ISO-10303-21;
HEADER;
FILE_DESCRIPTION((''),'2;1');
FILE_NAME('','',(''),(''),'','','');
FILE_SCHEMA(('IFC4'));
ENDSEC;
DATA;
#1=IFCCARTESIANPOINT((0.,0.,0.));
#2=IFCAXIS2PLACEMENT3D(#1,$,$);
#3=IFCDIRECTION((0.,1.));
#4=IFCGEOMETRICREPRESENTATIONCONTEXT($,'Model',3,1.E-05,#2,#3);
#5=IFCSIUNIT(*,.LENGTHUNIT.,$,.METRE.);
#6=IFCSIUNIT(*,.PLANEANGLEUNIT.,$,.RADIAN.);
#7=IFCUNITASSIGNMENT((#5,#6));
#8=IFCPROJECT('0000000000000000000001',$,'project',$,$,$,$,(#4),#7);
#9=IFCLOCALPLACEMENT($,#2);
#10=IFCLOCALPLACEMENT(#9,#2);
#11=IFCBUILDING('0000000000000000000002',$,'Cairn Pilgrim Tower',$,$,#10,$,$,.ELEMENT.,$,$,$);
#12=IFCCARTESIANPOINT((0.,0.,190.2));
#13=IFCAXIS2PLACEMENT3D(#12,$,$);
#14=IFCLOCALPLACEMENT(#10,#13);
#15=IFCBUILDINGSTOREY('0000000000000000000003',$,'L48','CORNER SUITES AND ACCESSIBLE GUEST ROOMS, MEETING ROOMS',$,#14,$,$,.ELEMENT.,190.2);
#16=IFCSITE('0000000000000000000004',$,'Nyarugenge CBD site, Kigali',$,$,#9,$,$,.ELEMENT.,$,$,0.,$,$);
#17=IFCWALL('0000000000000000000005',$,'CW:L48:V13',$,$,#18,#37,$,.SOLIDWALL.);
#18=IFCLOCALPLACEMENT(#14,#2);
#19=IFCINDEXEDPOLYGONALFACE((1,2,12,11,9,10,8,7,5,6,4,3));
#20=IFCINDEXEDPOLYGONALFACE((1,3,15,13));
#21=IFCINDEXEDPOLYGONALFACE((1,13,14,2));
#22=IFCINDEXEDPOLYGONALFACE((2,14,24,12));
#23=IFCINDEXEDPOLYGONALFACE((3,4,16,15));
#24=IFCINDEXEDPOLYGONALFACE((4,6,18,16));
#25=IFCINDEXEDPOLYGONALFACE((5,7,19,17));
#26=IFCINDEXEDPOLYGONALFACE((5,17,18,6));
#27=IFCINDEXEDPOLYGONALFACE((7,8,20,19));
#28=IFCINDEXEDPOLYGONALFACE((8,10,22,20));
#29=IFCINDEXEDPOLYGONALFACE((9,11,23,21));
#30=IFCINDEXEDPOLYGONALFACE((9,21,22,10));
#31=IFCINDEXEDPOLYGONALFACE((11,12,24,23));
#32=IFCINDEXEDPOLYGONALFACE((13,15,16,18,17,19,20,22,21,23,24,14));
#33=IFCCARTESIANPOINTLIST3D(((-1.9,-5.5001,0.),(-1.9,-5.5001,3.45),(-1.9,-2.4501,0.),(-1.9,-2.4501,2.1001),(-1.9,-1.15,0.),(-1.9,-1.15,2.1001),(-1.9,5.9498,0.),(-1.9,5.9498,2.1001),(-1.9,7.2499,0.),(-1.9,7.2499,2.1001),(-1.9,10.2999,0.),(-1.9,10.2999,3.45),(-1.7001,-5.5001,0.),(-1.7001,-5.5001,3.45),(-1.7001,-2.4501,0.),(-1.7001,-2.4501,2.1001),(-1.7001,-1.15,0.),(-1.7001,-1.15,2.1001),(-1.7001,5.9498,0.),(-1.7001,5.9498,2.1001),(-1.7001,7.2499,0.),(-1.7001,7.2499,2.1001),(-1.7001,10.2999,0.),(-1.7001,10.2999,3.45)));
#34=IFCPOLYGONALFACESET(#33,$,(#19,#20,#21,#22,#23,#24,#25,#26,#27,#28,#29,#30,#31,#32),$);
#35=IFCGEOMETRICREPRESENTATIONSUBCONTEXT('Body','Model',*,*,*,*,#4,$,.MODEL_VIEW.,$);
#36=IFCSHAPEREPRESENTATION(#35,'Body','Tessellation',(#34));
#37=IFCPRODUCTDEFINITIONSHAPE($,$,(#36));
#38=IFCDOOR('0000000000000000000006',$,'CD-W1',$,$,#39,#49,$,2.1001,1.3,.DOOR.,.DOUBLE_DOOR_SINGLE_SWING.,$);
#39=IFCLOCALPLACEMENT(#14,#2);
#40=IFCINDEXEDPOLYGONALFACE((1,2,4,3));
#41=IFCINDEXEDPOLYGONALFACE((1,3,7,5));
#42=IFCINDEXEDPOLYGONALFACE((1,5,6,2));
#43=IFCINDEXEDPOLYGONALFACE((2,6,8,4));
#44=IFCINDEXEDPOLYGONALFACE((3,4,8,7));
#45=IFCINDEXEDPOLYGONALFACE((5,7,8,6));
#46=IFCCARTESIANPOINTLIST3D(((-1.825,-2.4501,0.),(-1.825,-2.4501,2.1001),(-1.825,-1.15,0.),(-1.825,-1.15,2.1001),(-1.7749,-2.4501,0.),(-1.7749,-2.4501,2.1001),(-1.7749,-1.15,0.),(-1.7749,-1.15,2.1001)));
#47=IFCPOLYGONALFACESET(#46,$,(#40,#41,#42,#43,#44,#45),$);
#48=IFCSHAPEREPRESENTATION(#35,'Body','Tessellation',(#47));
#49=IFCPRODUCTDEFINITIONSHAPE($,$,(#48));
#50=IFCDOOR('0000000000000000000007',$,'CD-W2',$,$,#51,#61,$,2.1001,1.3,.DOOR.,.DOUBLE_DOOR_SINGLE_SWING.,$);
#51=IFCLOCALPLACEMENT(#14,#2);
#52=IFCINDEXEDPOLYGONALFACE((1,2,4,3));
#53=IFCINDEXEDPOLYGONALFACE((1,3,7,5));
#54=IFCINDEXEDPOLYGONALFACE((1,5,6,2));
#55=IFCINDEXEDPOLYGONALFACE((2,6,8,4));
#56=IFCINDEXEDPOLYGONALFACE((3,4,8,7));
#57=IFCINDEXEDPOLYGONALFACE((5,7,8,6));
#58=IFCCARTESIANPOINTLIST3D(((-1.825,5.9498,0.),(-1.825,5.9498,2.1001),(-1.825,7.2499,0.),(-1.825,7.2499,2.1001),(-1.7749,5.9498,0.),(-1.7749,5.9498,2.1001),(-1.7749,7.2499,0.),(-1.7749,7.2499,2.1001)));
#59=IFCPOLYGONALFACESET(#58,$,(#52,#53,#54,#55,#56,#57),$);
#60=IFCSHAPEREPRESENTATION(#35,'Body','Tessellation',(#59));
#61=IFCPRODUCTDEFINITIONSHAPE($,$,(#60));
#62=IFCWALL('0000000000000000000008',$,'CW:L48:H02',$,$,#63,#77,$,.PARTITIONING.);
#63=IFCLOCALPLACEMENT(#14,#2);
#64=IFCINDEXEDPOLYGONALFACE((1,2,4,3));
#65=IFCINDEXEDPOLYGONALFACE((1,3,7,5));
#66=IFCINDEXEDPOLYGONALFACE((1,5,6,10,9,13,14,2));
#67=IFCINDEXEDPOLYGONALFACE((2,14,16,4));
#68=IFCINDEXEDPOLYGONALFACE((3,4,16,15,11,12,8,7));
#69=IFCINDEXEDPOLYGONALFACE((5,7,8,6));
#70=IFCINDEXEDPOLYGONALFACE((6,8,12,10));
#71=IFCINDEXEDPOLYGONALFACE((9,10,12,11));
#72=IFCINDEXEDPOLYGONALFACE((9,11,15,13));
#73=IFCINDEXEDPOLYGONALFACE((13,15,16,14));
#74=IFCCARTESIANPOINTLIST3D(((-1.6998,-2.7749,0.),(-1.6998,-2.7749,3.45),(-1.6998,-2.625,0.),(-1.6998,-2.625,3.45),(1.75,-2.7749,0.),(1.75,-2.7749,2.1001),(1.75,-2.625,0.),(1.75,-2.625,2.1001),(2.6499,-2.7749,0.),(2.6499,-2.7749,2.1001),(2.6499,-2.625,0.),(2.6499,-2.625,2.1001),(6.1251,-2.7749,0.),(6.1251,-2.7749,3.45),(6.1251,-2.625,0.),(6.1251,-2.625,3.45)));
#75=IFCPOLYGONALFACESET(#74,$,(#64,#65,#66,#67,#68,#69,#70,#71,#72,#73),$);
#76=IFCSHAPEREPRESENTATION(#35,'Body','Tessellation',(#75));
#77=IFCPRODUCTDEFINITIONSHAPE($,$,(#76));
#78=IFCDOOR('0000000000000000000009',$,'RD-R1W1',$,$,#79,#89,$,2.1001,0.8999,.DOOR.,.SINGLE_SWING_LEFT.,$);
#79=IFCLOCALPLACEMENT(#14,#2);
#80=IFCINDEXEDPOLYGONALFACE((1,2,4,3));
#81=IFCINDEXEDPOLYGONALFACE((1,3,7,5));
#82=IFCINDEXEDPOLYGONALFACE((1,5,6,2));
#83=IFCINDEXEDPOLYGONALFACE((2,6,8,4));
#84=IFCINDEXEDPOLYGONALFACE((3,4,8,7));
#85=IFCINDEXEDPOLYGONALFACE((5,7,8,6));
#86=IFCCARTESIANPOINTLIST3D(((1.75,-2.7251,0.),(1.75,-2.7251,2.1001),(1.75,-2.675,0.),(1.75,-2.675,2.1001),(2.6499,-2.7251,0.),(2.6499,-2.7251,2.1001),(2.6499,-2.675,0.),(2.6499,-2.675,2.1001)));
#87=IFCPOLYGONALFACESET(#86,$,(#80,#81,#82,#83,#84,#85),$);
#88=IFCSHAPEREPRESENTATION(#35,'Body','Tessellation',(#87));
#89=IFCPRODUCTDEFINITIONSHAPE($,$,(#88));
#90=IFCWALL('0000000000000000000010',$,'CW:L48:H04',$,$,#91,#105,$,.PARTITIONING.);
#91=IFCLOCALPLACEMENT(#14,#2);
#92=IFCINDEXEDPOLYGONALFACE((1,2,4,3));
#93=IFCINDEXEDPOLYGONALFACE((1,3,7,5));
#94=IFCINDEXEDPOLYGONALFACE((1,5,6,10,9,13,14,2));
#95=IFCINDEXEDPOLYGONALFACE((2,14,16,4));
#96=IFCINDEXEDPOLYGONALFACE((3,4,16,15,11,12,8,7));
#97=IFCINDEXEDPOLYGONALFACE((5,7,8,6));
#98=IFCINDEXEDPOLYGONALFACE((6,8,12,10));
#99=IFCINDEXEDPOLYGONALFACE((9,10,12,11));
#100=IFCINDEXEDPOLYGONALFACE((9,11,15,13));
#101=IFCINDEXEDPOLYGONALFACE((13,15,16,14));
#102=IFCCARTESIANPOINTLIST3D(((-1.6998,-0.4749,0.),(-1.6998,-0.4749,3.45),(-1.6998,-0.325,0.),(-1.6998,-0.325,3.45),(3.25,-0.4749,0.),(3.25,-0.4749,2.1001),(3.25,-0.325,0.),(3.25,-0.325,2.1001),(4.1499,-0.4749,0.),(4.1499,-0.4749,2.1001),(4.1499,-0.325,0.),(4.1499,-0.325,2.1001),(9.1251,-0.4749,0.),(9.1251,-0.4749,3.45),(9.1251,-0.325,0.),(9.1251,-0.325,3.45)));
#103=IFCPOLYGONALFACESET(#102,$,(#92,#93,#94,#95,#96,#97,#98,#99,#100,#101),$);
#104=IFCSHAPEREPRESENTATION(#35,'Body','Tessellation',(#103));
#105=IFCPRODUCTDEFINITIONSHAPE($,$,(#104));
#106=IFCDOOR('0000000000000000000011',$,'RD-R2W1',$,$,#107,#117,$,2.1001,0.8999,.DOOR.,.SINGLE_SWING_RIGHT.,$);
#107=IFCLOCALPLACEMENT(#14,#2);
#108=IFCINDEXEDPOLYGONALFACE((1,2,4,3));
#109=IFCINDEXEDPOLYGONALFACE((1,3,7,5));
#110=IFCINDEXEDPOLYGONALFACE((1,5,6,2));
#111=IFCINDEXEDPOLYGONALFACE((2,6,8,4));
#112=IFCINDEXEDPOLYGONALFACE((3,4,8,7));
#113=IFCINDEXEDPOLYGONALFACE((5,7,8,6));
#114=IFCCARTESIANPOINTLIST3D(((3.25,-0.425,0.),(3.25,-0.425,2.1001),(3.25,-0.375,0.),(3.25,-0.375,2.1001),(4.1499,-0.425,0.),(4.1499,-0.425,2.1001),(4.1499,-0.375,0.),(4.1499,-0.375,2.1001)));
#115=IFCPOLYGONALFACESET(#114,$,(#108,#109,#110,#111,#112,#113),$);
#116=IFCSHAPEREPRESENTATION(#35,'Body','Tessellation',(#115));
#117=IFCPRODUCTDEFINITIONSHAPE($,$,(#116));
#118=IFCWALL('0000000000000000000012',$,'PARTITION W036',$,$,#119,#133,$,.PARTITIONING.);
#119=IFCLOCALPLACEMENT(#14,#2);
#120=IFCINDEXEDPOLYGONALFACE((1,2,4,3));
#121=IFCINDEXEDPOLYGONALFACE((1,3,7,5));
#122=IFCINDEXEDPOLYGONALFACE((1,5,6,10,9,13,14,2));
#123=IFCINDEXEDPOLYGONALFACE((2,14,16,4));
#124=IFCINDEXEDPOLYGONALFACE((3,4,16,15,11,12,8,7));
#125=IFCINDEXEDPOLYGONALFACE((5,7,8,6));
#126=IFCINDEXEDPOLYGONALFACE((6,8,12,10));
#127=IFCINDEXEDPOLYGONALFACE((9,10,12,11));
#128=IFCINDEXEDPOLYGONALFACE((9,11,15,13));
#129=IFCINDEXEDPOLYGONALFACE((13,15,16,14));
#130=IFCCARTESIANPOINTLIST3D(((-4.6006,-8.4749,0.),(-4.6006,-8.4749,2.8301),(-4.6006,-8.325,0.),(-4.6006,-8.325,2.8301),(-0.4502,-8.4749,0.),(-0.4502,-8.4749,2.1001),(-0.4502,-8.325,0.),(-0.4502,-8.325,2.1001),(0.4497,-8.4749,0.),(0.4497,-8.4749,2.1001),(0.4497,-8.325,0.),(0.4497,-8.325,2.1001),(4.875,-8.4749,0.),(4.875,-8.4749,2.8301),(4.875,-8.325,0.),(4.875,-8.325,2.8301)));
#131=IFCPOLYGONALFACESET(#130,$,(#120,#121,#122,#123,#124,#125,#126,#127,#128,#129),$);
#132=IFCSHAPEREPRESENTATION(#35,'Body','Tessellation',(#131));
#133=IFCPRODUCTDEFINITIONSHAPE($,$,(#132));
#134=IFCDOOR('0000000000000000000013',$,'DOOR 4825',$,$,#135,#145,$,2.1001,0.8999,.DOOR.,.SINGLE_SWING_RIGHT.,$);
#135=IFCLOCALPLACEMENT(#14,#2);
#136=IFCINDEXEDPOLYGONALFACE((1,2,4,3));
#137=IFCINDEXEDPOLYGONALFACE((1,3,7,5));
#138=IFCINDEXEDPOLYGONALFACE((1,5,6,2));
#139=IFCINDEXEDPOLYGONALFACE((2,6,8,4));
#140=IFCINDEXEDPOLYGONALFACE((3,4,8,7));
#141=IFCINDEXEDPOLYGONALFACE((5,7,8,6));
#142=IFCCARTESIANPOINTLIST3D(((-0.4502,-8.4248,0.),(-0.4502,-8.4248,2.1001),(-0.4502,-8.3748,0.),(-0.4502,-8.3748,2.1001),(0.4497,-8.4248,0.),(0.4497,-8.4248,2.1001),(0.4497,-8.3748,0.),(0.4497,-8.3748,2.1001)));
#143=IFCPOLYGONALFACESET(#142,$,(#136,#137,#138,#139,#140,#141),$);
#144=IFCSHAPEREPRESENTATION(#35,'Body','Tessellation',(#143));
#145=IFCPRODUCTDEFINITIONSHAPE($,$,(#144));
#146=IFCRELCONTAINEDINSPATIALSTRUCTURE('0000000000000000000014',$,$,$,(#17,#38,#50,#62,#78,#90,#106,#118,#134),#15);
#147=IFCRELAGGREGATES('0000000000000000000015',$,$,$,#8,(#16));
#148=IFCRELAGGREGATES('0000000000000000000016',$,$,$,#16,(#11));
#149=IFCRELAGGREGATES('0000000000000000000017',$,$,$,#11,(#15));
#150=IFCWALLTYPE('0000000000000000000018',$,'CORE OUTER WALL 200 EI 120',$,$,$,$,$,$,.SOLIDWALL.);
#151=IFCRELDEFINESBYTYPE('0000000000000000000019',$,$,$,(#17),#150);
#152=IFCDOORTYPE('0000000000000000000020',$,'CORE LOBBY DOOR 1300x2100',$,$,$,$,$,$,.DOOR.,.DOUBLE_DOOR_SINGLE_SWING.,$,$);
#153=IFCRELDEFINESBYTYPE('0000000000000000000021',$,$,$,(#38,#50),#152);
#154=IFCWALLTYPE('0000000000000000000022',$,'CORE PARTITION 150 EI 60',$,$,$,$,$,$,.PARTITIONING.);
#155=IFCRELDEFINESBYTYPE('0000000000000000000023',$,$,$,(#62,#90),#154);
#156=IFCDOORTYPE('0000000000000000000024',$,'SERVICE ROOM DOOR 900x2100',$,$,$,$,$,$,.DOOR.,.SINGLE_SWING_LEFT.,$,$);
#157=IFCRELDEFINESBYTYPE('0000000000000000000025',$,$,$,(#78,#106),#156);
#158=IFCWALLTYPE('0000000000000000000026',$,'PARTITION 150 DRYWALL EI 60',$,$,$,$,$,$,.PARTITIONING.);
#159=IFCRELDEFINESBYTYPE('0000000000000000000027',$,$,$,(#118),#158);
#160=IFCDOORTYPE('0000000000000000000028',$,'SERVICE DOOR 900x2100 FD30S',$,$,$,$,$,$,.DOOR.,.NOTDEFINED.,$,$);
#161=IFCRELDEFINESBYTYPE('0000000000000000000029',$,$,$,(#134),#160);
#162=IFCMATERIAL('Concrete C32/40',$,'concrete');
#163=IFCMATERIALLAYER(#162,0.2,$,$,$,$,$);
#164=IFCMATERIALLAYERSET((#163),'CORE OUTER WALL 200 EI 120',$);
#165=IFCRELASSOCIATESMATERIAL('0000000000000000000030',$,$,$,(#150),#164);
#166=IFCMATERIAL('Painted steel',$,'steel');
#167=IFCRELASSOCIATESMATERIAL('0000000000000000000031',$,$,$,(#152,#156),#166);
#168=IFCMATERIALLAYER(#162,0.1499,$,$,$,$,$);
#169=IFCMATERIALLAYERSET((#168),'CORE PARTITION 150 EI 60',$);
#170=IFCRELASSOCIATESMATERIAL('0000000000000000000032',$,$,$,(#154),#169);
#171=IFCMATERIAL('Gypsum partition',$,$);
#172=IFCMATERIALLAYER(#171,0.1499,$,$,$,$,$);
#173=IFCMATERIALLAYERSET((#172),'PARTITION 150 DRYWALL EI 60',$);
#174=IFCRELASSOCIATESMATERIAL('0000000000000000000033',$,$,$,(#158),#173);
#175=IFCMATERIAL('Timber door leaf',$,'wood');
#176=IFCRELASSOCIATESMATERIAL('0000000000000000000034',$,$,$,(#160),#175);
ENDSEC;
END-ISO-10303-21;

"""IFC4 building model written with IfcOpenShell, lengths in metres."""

from ifc_helpers import new_model, si_unit, direction, frame, frame_2d, origin, place, context, subcontext, project, spatial, rectangle, extrude, material, layer, layer_set, type_object, element, fill, save


model = new_model("IFC4")

# Units and contexts
model_context = context("Model", 3, precision=1e-05, world=origin(), true_north=direction((0.0, 1.0)))
body_context = subcontext(model_context, "Body", "Model", "MODEL_VIEW")
ifc_project = project(units=[si_unit("LENGTHUNIT", "METRE"), si_unit("PLANEANGLEUNIT", "RADIAN")], contexts=[model_context])

# Site, building, storey
site_placement = place(None, origin())
site = spatial("IfcSite", under=ifc_project, at=site_placement, Name="Nyarugenge CBD site, Kigali", CompositionType="ELEMENT", RefElevation=0.0)
building_placement = place(site_placement, origin())
building = spatial("IfcBuilding", under=site, at=building_placement, Name="Cairn Pilgrim Tower", CompositionType="ELEMENT")
storey_placement = place(building_placement, frame((0.0, 0.0, 190.2)))
storey = spatial("IfcBuildingStorey", under=building, at=storey_placement, Name="L48", Description="CORNER SUITES AND ACCESSIBLE GUEST ROOMS, MEETING ROOMS", CompositionType="ELEMENT", Elevation=190.2)

# Shared definitions
ifc_material_1 = material(Name="Concrete C32/40", Category="concrete")

# Shared definitions
ifc_layer_1 = layer(ifc_material_1, 0.2)
ifc_layer_set_1 = layer_set([ifc_layer_1], Name="CORE OUTER WALL 200 EI 120")
wall_type_1 = type_object("IfcWallType", Name="CORE OUTER WALL 200 EI 120", PredefinedType="SOLIDWALL", material=ifc_layer_set_1)

# Wall, openings, doors
wall_1_placement = place(storey_placement, frame((-1.8, -5.5, 0.0), z_axis=(0.0, 0.0, 1.0), x_axis=(0.0, 1.0, 0.0)))
wall_1 = element("IfcWall", 1, at=wall_1_placement, inside=storey, type_object=wall_type_1, Name="CW:L48:V13", PredefinedType="SOLIDWALL", context=body_context, shape_type="SweptSolid", body=[
    extrude(rectangle(XDim=15.8, YDim=0.2, at=frame_2d((7.8999, 0.0))), origin(), (0.0, 0.0, 1.0), 3.45),
])
opening_1_placement = place(wall_1_placement, frame((3.05, 0.0, 0.0)))
opening_1 = element("IfcOpeningElement", 2, at=opening_1_placement, cuts=wall_1, PredefinedType="OPENING", context=body_context, shape_type="SweptSolid", body=[
    extrude(rectangle(XDim=1.3, YDim=2.1001, at=frame_2d((0.6499, 1.05))), frame((0.0, 0.1099, 0.0), z_axis=(0.0, -1.0, 0.0), x_axis=(1.0, 0.0, 0.0)), (0.0, 0.0, 1.0), 0.22),
])
opening_2_placement = place(wall_1_placement, frame((11.45, 0.0, 0.0)))
opening_2 = element("IfcOpeningElement", 3, at=opening_2_placement, cuts=wall_1, PredefinedType="OPENING", context=body_context, shape_type="SweptSolid", body=[
    extrude(rectangle(XDim=1.3, YDim=2.1001, at=frame_2d((0.6499, 1.05))), frame((0.0, 0.1099, 0.0), z_axis=(0.0, -1.0, 0.0), x_axis=(1.0, 0.0, 0.0)), (0.0, 0.0, 1.0), 0.22),
])
ifc_material_2 = material(Name="Painted steel", Category="steel")
door_type_1 = type_object("IfcDoorType", Name="CORE LOBBY DOOR 1300x2100", OperationType="DOUBLE_DOOR_SINGLE_SWING", PredefinedType="DOOR", material=ifc_material_2)
door_1_placement = place(opening_1_placement, origin())
door_1 = element("IfcDoor", 4, at=door_1_placement, inside=storey, type_object=door_type_1, Name="CD-W1", OperationType="DOUBLE_DOOR_SINGLE_SWING", OverallHeight=2.1001, OverallWidth=1.3, PredefinedType="DOOR", context=body_context, shape_type="SweptSolid", body=[
    extrude(rectangle(XDim=1.3, YDim=2.1001, at=frame_2d((0.6499, 1.05))), frame((0.0, 0.0249, 0.0), z_axis=(0.0, -1.0, 0.0), x_axis=(1.0, 0.0, 0.0)), (0.0, 0.0, 1.0), 0.05),
])
fill(opening_1, door_1)
door_2_placement = place(opening_2_placement, origin())
door_2 = element("IfcDoor", 5, at=door_2_placement, inside=storey, type_object=door_type_1, Name="CD-W2", OperationType="DOUBLE_DOOR_SINGLE_SWING", OverallHeight=2.1001, OverallWidth=1.3, PredefinedType="DOOR", context=body_context, shape_type="SweptSolid", body=[
    extrude(rectangle(XDim=1.3, YDim=2.1001, at=frame_2d((0.6499, 1.05))), frame((0.0, 0.0249, 0.0), z_axis=(0.0, -1.0, 0.0), x_axis=(1.0, 0.0, 0.0)), (0.0, 0.0, 1.0), 0.05),
])
fill(opening_2, door_2)

# Walls, openings, doors
ifc_layer_2 = layer(ifc_material_1, 0.1499)
ifc_layer_set_2 = layer_set([ifc_layer_2], Name="CORE PARTITION 150 EI 60")
wall_type_2 = type_object("IfcWallType", Name="CORE PARTITION 150 EI 60", PredefinedType="PARTITIONING", material=ifc_layer_set_2)
wall_2_placement = place(storey_placement, frame((-1.7, -2.7, 0.0), z_axis=(0.0, 0.0, 1.0), x_axis=(1.0, 0.0, 0.0)))
wall_2 = element("IfcWall", 6, at=wall_2_placement, inside=storey, type_object=wall_type_2, Name="CW:L48:H02", PredefinedType="PARTITIONING", context=body_context, shape_type="SweptSolid", body=[
    extrude(rectangle(XDim=7.825, YDim=0.1499, at=frame_2d((3.9126, 0.0))), origin(), (0.0, 0.0, 1.0), 3.45),
])
opening_3_placement = place(wall_2_placement, frame((3.45, 0.0, 0.0)))
opening_3 = element("IfcOpeningElement", 7, at=opening_3_placement, cuts=wall_2, PredefinedType="OPENING", context=body_context, shape_type="SweptSolid", body=[
    extrude(rectangle(XDim=0.8999, YDim=2.1001, at=frame_2d((0.45, 1.05))), frame((0.0, 0.085, 0.0), z_axis=(0.0, -1.0, 0.0), x_axis=(1.0, 0.0, 0.0)), (0.0, 0.0, 1.0), 0.1699),
])
door_type_2 = type_object("IfcDoorType", Name="SERVICE ROOM DOOR 900x2100", OperationType="SINGLE_SWING_LEFT", PredefinedType="DOOR", material=ifc_material_2)
door_3_placement = place(opening_3_placement, origin())
door_3 = element("IfcDoor", 8, at=door_3_placement, inside=storey, type_object=door_type_2, Name="RD-R1W1", OperationType="SINGLE_SWING_LEFT", OverallHeight=2.1001, OverallWidth=0.8999, PredefinedType="DOOR", context=body_context, shape_type="SweptSolid", body=[
    extrude(rectangle(XDim=0.8999, YDim=2.1001, at=frame_2d((0.45, 1.05))), frame((0.0, 0.0249, 0.0), z_axis=(0.0, -1.0, 0.0), x_axis=(1.0, 0.0, 0.0)), (0.0, 0.0, 1.0), 0.05),
])
fill(opening_3, door_3)
wall_3_placement = place(storey_placement, frame((-1.7, -0.3999, 0.0), z_axis=(0.0, 0.0, 1.0), x_axis=(1.0, 0.0, 0.0)))
wall_3 = element("IfcWall", 9, at=wall_3_placement, inside=storey, type_object=wall_type_2, Name="CW:L48:H04", PredefinedType="PARTITIONING", context=body_context, shape_type="SweptSolid", body=[
    extrude(rectangle(XDim=10.825, YDim=0.1499, at=frame_2d((5.4126, 0.0))), origin(), (0.0, 0.0, 1.0), 3.45),
])
opening_4_placement = place(wall_3_placement, frame((4.95, 0.0, 0.0)))
opening_4 = element("IfcOpeningElement", 10, at=opening_4_placement, cuts=wall_3, PredefinedType="OPENING", context=body_context, shape_type="SweptSolid", body=[
    extrude(rectangle(XDim=0.8999, YDim=2.1001, at=frame_2d((0.45, 1.05))), frame((0.0, 0.085, 0.0), z_axis=(0.0, -1.0, 0.0), x_axis=(1.0, 0.0, 0.0)), (0.0, 0.0, 1.0), 0.1699),
])
door_4_placement = place(opening_4_placement, origin())
door_4 = element("IfcDoor", 11, at=door_4_placement, inside=storey, type_object=door_type_2, Name="RD-R2W1", OperationType="SINGLE_SWING_RIGHT", OverallHeight=2.1001, OverallWidth=0.8999, PredefinedType="DOOR", context=body_context, shape_type="SweptSolid", body=[
    extrude(rectangle(XDim=0.8999, YDim=2.1001, at=frame_2d((0.45, 1.05))), frame((0.0, 0.0249, 0.0), z_axis=(0.0, -1.0, 0.0), x_axis=(1.0, 0.0, 0.0)), (0.0, 0.0, 1.0), 0.05),
])
fill(opening_4, door_4)
ifc_material_3 = material(Name="Gypsum partition")
ifc_layer_3 = layer(ifc_material_3, 0.1499)
ifc_layer_set_3 = layer_set([ifc_layer_3], Name="PARTITION 150 DRYWALL EI 60")
wall_type_3 = type_object("IfcWallType", Name="PARTITION 150 DRYWALL EI 60", PredefinedType="PARTITIONING", material=ifc_layer_set_3)
wall_4_placement = place(storey_placement, frame((-4.6006, -8.3999, 0.0), z_axis=(0.0, 0.0, 1.0), x_axis=(1.0, 0.0, 0.0)))
wall_4 = element("IfcWall", 12, at=wall_4_placement, inside=storey, type_object=wall_type_3, Name="PARTITION W036", PredefinedType="PARTITIONING", context=body_context, shape_type="SweptSolid", body=[
    extrude(rectangle(XDim=9.4756, YDim=0.1499, at=frame_2d((4.7378, 0.0))), origin(), (0.0, 0.0, 1.0), 2.8301),
])
opening_5_placement = place(wall_4_placement, frame((4.1504, 0.0, 0.0)))
opening_5 = element("IfcOpeningElement", 13, at=opening_5_placement, cuts=wall_4, PredefinedType="OPENING", context=body_context, shape_type="SweptSolid", body=[
    extrude(rectangle(XDim=0.8999, YDim=2.1001, at=frame_2d((0.45, 1.05))), frame((0.0, 0.085, 0.0), z_axis=(0.0, -1.0, 0.0), x_axis=(1.0, 0.0, 0.0)), (0.0, 0.0, 1.0), 0.1699),
])
ifc_material_4 = material(Name="Timber door leaf", Category="wood")
door_type_3 = type_object("IfcDoorType", Name="SERVICE DOOR 900x2100 FD30S", OperationType="NOTDEFINED", PredefinedType="DOOR", material=ifc_material_4)
door_5_placement = place(opening_5_placement, frame((0.8999, 0.0, 0.0), z_axis=(0.0, 0.0, 1.0), x_axis=(-1.0, 0.0, 0.0)))
door_5 = element("IfcDoor", 14, at=door_5_placement, inside=storey, type_object=door_type_3, Name="DOOR 4825", OperationType="SINGLE_SWING_RIGHT", OverallHeight=2.1001, OverallWidth=0.8999, PredefinedType="DOOR", context=body_context, shape_type="SweptSolid", body=[
    extrude(rectangle(XDim=0.8999, YDim=2.1001, at=frame_2d((0.45, 1.05))), frame((0.0, 0.0249, 0.0), z_axis=(0.0, -1.0, 0.0), x_axis=(1.0, 0.0, 0.0)), (0.0, 0.0, 1.0), 0.05),
])
fill(opening_5, door_5)

save(model, "model.ifc")
